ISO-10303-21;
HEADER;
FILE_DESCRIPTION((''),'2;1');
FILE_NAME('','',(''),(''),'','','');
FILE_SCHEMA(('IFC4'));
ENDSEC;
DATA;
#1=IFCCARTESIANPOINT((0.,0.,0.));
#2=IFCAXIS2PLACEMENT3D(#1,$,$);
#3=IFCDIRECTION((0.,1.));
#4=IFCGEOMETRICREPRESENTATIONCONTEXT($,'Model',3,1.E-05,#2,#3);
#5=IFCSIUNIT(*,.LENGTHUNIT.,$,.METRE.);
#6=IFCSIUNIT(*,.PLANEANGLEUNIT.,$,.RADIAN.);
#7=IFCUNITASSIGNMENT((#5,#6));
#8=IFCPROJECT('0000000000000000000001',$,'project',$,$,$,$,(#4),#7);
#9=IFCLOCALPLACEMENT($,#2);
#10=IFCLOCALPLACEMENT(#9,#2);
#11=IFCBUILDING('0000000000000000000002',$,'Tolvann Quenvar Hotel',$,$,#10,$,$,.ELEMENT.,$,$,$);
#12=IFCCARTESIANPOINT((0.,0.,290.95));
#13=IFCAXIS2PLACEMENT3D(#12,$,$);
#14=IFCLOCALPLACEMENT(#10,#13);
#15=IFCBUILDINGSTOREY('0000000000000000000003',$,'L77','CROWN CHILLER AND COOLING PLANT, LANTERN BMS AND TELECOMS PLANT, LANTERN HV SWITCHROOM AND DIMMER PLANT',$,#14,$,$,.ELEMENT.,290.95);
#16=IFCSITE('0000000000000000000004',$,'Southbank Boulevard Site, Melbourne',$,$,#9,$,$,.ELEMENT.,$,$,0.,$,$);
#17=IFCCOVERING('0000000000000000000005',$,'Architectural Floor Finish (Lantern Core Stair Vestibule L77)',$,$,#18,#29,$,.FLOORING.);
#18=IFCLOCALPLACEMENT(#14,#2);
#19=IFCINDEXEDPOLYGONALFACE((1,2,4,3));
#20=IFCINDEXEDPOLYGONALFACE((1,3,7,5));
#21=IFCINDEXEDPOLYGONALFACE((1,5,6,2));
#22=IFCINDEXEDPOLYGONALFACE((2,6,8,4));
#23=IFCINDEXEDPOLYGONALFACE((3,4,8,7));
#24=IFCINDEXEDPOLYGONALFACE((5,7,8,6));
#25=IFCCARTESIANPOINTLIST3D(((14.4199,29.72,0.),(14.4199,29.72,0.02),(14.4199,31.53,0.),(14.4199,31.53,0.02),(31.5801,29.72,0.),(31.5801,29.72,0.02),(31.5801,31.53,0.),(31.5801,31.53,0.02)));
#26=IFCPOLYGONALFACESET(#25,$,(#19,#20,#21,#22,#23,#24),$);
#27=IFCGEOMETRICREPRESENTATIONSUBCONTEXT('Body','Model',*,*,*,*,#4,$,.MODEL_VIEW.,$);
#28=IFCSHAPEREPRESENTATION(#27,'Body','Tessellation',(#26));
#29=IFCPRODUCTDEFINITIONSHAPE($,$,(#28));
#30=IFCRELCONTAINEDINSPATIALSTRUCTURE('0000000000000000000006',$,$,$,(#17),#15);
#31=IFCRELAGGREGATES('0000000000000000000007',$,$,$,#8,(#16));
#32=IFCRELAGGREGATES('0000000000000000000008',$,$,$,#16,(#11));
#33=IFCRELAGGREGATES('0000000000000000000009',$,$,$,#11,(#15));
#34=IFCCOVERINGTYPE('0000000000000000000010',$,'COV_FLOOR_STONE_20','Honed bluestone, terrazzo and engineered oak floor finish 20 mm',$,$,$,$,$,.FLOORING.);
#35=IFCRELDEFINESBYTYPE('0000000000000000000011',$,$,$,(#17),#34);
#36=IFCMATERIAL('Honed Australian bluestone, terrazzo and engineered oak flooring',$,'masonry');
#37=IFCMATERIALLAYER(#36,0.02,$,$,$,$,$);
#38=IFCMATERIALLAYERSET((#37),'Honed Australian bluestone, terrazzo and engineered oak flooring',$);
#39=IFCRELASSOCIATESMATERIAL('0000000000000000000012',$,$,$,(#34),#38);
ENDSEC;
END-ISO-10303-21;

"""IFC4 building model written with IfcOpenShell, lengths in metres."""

from ifc_helpers import new_model, si_unit, direction, frame, origin, place, context, subcontext, project, spatial, polyline, outline, extrude, material, layer, layer_set, type_object, element, save


model = new_model("IFC4")

# Units and contexts
model_context = context("Model", 3, precision=1e-05, world=origin(), true_north=direction((0.0, 1.0)))
body_context = subcontext(model_context, "Body", "Model", "MODEL_VIEW")
ifc_project = project(units=[si_unit("LENGTHUNIT", "METRE"), si_unit("PLANEANGLEUNIT", "RADIAN")], contexts=[model_context])

# Site, building, storey
site_placement = place(None, origin())
site = spatial("IfcSite", under=ifc_project, at=site_placement, Name="Southbank Boulevard Site, Melbourne", CompositionType="ELEMENT", RefElevation=0.0)
building_placement = place(site_placement, origin())
building = spatial("IfcBuilding", under=site, at=building_placement, Name="Tolvann Quenvar Hotel", CompositionType="ELEMENT")
storey_placement = place(building_placement, frame((0.0, 0.0, 290.95)))
storey = spatial("IfcBuildingStorey", under=building, at=storey_placement, Name="L77", Description="CROWN CHILLER AND COOLING PLANT, LANTERN BMS AND TELECOMS PLANT, LANTERN HV SWITCHROOM AND DIMMER PLANT", CompositionType="ELEMENT", Elevation=290.95)

# Covering
ifc_material_1 = material(Name="Honed Australian bluestone, terrazzo and engineered oak flooring", Category="masonry")
ifc_layer_1 = layer(ifc_material_1, 0.02)
ifc_layer_set_1 = layer_set([ifc_layer_1], Name="Honed Australian bluestone, terrazzo and engineered oak flooring")
covering_type_1 = type_object("IfcCoveringType", Name="COV_FLOOR_STONE_20", Description="Honed bluestone, terrazzo and engineered oak floor finish 20 mm", PredefinedType="FLOORING", material=ifc_layer_set_1)
covering_1_placement = place(storey_placement, origin())
element("IfcCovering", 1, at=covering_1_placement, inside=storey, type_object=covering_type_1, Name="Architectural Floor Finish (Lantern Core Stair Vestibule L77)", PredefinedType="FLOORING", context=body_context, shape_type="SweptSolid", body=[
    extrude(outline(polyline([(14.4199, 29.72), (31.5801, 29.72), (31.5801, 31.53), (14.4199, 31.53), (14.4199, 29.72)])), origin(), (0.0, 0.0, 1.0), 0.02),
])

save(model, "model.ifc")
